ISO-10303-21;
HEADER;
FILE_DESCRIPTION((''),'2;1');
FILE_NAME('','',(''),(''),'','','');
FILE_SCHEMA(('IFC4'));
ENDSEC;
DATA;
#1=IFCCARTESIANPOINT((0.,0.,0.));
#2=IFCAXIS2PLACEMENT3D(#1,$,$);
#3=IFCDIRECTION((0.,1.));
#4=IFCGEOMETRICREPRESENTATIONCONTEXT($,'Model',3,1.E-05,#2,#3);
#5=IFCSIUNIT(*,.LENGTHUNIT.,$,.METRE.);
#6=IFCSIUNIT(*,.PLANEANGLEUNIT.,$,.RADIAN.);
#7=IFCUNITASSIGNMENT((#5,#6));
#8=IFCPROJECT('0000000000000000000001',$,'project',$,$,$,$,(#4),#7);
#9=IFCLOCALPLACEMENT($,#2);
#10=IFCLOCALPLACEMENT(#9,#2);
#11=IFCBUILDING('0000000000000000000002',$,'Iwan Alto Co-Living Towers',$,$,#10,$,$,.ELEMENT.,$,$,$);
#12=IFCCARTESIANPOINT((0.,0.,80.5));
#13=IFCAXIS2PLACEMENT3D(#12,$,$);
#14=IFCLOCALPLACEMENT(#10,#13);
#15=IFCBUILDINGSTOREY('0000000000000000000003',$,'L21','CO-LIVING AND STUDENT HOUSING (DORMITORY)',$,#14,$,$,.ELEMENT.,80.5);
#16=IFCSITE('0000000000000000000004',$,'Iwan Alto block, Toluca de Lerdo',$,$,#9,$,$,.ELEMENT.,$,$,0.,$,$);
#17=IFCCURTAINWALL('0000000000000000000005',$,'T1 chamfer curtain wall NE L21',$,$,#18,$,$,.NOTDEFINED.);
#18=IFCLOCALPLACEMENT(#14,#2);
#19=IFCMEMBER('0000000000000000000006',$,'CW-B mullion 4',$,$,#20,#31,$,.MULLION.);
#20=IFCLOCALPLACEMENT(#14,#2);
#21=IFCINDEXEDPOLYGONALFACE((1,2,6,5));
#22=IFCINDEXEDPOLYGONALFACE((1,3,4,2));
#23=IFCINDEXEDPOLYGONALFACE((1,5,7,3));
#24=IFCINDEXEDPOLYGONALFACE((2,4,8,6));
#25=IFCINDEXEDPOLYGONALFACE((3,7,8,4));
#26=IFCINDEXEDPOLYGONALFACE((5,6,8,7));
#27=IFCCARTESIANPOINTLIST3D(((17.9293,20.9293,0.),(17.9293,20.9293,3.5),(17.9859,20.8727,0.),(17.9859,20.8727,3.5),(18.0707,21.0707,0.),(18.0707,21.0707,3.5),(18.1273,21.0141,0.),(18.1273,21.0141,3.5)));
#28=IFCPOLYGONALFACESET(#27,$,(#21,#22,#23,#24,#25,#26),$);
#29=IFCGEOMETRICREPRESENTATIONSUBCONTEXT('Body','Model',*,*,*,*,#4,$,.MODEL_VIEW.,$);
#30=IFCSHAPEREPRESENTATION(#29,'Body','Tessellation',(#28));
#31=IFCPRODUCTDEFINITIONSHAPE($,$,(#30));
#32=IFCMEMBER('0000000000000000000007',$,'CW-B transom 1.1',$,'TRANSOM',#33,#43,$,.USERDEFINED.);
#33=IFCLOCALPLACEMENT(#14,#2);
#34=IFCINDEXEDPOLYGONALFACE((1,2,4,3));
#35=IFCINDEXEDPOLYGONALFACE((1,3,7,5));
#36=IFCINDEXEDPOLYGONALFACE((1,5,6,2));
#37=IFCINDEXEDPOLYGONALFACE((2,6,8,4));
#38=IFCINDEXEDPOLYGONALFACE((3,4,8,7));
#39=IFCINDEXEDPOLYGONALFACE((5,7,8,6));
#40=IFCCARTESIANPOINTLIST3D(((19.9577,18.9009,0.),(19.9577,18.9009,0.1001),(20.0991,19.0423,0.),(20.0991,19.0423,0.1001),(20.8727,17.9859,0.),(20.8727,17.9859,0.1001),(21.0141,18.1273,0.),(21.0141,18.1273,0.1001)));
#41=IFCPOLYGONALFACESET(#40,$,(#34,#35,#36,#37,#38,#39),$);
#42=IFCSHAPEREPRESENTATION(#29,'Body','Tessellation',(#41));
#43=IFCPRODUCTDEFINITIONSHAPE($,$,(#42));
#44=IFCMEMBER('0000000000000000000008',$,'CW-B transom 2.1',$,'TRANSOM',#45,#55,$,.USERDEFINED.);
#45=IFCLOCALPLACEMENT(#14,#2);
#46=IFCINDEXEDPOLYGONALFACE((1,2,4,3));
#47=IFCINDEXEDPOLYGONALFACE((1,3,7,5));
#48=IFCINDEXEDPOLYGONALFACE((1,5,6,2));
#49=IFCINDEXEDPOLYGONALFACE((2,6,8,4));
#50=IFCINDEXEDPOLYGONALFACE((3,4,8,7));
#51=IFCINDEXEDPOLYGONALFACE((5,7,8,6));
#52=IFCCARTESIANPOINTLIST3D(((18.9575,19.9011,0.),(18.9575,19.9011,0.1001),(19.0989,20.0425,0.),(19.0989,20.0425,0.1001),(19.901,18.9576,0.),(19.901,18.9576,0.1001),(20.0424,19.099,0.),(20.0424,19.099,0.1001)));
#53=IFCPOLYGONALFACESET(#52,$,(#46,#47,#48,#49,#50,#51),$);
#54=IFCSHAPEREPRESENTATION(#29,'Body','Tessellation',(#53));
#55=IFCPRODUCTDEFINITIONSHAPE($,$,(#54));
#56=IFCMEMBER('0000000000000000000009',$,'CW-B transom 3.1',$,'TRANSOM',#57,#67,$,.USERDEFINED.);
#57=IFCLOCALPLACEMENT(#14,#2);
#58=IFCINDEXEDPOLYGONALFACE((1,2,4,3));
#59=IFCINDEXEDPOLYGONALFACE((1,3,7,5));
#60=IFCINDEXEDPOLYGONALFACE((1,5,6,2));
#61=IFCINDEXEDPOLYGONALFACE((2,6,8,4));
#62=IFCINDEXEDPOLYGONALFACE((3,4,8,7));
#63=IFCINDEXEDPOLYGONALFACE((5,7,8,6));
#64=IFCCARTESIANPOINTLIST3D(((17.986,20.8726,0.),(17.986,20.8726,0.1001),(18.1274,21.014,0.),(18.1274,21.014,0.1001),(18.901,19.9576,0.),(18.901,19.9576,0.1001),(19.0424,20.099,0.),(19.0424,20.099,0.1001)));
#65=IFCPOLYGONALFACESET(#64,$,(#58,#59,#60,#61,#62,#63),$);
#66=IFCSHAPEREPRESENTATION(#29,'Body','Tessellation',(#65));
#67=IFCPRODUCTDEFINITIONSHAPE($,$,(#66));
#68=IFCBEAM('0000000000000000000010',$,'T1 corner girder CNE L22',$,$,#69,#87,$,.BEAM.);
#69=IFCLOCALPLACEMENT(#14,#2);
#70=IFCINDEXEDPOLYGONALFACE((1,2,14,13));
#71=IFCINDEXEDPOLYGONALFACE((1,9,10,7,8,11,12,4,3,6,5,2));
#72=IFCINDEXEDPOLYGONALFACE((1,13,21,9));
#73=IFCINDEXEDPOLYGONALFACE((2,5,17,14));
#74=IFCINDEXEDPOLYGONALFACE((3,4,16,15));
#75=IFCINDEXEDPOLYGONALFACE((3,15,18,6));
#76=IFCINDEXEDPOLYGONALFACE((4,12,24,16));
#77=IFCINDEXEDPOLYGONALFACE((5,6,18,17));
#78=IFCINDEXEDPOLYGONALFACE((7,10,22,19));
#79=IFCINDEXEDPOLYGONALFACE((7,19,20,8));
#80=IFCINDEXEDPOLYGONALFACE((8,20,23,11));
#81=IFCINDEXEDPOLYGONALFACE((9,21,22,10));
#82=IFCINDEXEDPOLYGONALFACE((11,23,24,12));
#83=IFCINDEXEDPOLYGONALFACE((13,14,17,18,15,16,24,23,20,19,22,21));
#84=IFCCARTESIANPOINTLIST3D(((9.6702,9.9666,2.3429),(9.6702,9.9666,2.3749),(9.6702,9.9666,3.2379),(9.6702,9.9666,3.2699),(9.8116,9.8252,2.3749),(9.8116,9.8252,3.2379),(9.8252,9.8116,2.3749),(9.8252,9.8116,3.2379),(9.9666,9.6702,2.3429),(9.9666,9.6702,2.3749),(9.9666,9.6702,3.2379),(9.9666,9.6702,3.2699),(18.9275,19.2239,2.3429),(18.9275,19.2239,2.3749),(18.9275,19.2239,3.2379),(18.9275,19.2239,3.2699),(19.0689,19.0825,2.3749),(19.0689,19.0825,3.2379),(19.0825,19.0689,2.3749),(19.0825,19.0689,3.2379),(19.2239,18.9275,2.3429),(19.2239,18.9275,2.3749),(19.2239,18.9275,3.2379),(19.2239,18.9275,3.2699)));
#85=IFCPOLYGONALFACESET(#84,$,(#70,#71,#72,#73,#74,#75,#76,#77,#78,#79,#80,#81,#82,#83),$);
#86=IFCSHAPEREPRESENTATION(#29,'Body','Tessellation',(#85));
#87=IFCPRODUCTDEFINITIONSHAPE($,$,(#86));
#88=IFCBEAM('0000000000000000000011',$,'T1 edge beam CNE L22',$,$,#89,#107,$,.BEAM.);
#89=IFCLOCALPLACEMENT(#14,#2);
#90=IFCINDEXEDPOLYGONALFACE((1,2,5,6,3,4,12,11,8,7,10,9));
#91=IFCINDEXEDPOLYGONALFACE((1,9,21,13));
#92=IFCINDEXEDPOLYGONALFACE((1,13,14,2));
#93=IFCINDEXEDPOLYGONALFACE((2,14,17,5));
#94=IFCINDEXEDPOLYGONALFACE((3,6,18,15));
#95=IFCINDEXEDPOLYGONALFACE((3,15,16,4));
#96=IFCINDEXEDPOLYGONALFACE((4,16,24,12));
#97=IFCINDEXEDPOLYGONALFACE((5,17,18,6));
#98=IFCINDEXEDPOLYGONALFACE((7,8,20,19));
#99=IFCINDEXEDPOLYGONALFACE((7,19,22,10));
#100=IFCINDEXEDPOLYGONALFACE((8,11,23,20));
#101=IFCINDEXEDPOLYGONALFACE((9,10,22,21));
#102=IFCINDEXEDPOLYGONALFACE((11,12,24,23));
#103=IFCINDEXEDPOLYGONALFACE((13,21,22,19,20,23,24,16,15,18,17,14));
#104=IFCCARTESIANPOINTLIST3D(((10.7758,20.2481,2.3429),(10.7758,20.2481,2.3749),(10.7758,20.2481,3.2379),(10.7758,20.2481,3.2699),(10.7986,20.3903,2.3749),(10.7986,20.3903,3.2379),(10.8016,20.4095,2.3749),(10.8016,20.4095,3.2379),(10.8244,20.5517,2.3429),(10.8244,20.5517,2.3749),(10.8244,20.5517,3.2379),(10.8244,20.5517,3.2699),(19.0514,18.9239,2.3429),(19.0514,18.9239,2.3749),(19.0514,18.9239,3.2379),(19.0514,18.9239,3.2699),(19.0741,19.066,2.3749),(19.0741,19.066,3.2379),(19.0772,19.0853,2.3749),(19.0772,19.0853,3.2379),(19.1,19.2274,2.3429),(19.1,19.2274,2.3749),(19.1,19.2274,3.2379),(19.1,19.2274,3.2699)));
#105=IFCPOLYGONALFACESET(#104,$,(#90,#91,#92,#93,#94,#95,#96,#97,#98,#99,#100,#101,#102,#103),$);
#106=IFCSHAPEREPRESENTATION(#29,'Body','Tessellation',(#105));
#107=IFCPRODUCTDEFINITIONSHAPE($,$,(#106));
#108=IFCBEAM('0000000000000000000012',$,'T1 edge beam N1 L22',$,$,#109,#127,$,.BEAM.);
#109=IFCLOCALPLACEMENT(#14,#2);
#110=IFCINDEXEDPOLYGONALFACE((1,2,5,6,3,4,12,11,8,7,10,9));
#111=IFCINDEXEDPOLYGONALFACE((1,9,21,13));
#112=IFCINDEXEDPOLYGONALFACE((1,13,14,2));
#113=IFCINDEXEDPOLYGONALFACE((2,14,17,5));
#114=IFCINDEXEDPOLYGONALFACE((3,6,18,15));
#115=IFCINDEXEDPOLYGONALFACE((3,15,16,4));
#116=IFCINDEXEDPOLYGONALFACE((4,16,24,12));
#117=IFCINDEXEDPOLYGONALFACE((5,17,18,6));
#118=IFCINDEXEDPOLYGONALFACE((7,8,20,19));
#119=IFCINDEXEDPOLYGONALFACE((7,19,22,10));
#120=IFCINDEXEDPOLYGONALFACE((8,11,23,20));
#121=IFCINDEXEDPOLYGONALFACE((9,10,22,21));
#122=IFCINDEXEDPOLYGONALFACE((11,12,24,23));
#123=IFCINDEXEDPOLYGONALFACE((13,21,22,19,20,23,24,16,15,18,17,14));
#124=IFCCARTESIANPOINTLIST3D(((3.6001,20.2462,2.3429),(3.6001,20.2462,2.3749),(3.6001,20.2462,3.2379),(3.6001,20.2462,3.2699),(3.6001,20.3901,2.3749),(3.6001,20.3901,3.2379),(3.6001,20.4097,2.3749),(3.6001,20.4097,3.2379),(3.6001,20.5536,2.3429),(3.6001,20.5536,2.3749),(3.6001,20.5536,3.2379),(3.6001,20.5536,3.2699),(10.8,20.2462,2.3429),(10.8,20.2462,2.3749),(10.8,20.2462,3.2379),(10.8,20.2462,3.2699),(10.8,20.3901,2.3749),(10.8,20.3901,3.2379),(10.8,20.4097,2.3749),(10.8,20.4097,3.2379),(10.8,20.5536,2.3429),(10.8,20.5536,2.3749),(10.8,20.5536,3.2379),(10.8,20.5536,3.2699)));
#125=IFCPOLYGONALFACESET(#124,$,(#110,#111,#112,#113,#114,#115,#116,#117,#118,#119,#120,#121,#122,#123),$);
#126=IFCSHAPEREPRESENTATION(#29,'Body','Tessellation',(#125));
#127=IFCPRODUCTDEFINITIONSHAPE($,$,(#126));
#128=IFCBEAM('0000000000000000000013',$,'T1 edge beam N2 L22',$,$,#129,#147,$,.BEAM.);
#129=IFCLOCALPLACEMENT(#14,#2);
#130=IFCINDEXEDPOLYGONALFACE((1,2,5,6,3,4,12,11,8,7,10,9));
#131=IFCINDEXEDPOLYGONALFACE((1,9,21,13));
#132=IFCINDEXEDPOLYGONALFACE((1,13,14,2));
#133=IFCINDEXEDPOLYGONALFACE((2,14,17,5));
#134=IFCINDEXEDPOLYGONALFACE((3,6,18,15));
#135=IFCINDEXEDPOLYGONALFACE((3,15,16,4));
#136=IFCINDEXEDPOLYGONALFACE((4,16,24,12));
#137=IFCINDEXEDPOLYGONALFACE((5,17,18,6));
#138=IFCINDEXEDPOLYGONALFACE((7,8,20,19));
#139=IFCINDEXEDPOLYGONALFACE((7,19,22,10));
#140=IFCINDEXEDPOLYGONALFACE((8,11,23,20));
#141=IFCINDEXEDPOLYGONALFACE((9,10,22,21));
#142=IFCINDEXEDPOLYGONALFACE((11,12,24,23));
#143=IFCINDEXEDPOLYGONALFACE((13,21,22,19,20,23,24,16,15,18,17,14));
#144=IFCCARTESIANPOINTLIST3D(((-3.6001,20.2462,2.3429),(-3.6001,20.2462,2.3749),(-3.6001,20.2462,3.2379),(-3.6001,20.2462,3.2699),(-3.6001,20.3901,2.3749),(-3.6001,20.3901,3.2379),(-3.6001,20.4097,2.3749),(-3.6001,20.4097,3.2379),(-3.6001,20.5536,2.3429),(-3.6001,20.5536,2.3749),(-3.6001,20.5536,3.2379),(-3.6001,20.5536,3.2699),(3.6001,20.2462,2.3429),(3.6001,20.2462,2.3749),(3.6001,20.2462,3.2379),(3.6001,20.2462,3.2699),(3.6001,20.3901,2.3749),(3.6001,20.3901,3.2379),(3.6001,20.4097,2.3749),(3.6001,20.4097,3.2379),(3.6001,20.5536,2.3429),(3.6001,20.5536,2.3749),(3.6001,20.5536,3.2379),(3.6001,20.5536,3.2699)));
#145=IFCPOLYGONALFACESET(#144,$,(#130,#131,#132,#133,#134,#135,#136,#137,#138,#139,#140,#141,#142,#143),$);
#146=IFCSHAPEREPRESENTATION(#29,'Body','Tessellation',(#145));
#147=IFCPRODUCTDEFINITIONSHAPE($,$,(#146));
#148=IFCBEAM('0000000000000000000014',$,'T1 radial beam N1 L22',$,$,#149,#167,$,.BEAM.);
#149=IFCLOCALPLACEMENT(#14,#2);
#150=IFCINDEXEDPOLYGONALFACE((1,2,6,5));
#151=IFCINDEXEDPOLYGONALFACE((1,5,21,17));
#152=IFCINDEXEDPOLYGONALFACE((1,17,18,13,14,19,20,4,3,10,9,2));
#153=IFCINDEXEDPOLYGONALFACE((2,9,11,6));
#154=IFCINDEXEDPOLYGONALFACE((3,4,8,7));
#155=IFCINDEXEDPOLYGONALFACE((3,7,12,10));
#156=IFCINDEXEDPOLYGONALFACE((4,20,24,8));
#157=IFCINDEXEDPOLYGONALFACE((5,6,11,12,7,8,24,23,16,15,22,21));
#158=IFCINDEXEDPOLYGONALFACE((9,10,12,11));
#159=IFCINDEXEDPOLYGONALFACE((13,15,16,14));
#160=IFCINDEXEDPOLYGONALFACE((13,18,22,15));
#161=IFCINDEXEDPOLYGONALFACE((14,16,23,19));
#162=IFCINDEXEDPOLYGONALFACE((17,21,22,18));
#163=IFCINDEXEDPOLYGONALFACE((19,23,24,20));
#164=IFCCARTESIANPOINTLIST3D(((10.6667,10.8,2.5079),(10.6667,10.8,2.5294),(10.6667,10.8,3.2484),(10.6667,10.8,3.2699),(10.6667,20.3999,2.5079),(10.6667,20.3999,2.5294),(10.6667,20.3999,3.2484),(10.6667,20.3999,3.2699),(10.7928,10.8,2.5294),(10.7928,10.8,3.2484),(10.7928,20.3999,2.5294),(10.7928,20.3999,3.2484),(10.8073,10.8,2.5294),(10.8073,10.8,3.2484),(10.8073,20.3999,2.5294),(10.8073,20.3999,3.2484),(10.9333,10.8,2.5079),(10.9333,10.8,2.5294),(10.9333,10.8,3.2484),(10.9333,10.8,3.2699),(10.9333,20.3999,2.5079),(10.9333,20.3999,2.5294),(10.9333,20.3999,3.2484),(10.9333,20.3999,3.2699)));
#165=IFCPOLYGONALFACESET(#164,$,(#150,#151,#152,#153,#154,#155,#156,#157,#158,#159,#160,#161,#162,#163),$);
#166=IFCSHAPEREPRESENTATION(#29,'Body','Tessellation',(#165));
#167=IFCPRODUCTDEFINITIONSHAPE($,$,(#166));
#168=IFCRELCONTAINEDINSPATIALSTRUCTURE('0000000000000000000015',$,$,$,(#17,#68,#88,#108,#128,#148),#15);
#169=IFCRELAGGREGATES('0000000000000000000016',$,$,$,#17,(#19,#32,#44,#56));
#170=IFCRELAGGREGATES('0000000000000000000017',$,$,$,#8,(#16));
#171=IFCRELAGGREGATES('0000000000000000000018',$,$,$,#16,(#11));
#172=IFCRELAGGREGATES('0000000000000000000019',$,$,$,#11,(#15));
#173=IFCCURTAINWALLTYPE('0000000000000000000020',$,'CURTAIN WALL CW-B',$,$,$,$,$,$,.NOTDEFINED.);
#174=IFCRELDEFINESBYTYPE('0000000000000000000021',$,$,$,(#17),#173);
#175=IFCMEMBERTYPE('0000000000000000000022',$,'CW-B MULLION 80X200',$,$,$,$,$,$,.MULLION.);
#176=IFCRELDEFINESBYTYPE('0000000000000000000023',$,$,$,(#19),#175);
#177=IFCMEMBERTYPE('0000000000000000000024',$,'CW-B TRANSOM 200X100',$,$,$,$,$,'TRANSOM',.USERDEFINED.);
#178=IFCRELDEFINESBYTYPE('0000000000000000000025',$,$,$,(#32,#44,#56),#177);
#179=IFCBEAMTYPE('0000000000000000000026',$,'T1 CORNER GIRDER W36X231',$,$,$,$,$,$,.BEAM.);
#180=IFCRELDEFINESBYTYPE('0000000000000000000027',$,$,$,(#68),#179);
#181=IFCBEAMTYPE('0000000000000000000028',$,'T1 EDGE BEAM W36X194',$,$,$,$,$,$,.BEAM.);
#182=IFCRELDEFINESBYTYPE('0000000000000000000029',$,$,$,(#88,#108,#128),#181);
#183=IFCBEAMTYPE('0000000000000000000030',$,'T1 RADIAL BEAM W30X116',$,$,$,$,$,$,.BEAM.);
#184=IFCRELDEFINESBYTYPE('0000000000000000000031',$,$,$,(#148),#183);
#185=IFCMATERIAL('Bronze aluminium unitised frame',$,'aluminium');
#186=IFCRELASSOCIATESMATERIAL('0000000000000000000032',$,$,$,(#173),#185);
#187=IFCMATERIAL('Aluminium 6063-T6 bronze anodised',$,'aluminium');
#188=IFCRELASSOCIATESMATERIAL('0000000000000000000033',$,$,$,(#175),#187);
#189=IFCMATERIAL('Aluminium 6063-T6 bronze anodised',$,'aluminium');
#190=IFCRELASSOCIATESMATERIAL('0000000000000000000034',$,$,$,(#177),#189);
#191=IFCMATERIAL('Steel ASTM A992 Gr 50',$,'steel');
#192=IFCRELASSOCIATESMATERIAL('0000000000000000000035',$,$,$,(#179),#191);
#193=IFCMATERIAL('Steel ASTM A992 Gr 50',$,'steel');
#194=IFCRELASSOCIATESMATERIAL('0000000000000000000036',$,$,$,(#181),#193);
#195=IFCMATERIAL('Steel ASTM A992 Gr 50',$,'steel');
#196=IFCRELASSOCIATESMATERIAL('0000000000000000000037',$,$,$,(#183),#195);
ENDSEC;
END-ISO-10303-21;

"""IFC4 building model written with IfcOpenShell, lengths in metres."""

from ifc_helpers import new_model, si_unit, direction, frame, origin, origin_2d, place, context, subcontext, project, spatial, rectangle, i_section, extrude, material, material_profile, profile_set, type_object, element, aggregate, save


model = new_model("IFC4")

# Units and contexts
model_context = context("Model", 3, precision=1e-05, world=origin(), true_north=direction((0.0, 1.0)))
body_context = subcontext(model_context, "Body", "Model", "MODEL_VIEW")
ifc_project = project(units=[si_unit("LENGTHUNIT", "METRE"), si_unit("PLANEANGLEUNIT", "RADIAN")], contexts=[model_context])

# Site, building, storey
site_placement = place(None, origin())
site = spatial("IfcSite", under=ifc_project, at=site_placement, Name="Iwan Alto block, Toluca de Lerdo", CompositionType="ELEMENT", RefElevation=0.0)
building_placement = place(site_placement, origin())
building = spatial("IfcBuilding", under=site, at=building_placement, Name="Iwan Alto Co-Living Towers", CompositionType="ELEMENT")
storey_placement = place(building_placement, frame((0.0, 0.0, 80.5)))
storey = spatial("IfcBuildingStorey", under=building, at=storey_placement, Name="L21", Description="CO-LIVING AND STUDENT HOUSING (DORMITORY)", CompositionType="ELEMENT", Elevation=80.5)

# Curtain wall, members
ifc_material_1 = material(Name="Bronze aluminium unitised frame", Category="aluminium")
curtain_wall_type_1 = type_object("IfcCurtainWallType", Name="CURTAIN WALL CW-B", PredefinedType="NOTDEFINED", material=ifc_material_1)
curtain_wall_1_placement = place(storey_placement, origin())
curtain_wall_1 = element("IfcCurtainWall", 1, at=curtain_wall_1_placement, inside=storey, type_object=curtain_wall_type_1, Name="T1 chamfer curtain wall NE L21", PredefinedType="NOTDEFINED")
ifc_material_2 = material(Name="Aluminium 6063-T6 bronze anodised", Category="aluminium")
ifc_material_profile_1 = material_profile(ifc_material_2, rectangle(XDim=0.2, YDim=0.0801, at=origin_2d()), Name="AL 80X200")
ifc_profile_set_1 = profile_set([ifc_material_profile_1], Name="Aluminium 6063-T6 bronze anodised")
member_type_1 = type_object("IfcMemberType", Name="CW-B MULLION 80X200", PredefinedType="MULLION", material=ifc_profile_set_1)
member_1_placement = place(storey_placement, frame((18.0283, 20.9717, 0.0), z_axis=(0.0, 0.0, 1.0), x_axis=(-0.707107, -0.707107, 0.0)))
member_1 = element("IfcMember", 2, at=member_1_placement, type_object=member_type_1, Name="CW-B mullion 4", PredefinedType="MULLION", context=body_context, shape_type="SweptSolid", body=[
    extrude(rectangle(XDim=0.2, YDim=0.0801, at=origin_2d()), origin(), (0.0, 0.0, 1.0), 3.5),
])
ifc_material_3 = material(Name="Aluminium 6063-T6 bronze anodised", Category="aluminium")
ifc_material_profile_2 = material_profile(ifc_material_3, rectangle(XDim=0.2, YDim=0.1001, at=origin_2d()), Name="AL 200X100")
ifc_profile_set_2 = profile_set([ifc_material_profile_2], Name="Aluminium 6063-T6 bronze anodised")
member_type_2 = type_object("IfcMemberType", Name="CW-B TRANSOM 200X100", ElementType="TRANSOM", PredefinedType="USERDEFINED", material=ifc_profile_set_2)
member_2_placement = place(storey_placement, frame((20.9434, 18.0566, 0.05), z_axis=(-0.707107, 0.707107, 0.0), x_axis=(-0.707107, -0.707107, 0.0)))
member_2 = element("IfcMember", 3, at=member_2_placement, type_object=member_type_2, Name="CW-B transom 1.1", ObjectType="TRANSOM", PredefinedType="USERDEFINED", context=body_context, shape_type="SweptSolid", body=[
    extrude(rectangle(XDim=0.2, YDim=0.1001, at=origin_2d()), origin(), (0.0, 0.0, 1.0), 1.2939),
])
member_3_placement = place(storey_placement, frame((19.9717, 19.0283, 0.05), z_axis=(-0.707107, 0.707107, 0.0), x_axis=(-0.707107, -0.707107, 0.0)))
member_3 = element("IfcMember", 4, at=member_3_placement, type_object=member_type_2, Name="CW-B transom 2.1", ObjectType="TRANSOM", PredefinedType="USERDEFINED", context=body_context, shape_type="SweptSolid", body=[
    extrude(rectangle(XDim=0.2, YDim=0.1001, at=origin_2d()), origin(), (0.0, 0.0, 1.0), 1.3342),
])
member_4_placement = place(storey_placement, frame((18.9717, 20.0283, 0.05), z_axis=(-0.707107, 0.707107, 0.0), x_axis=(-0.707107, -0.707107, 0.0)))
member_4 = element("IfcMember", 5, at=member_4_placement, type_object=member_type_2, Name="CW-B transom 3.1", ObjectType="TRANSOM", PredefinedType="USERDEFINED", context=body_context, shape_type="SweptSolid", body=[
    extrude(rectangle(XDim=0.2, YDim=0.1001, at=origin_2d()), origin(), (0.0, 0.0, 1.0), 1.2939),
])

# Beams
ifc_material_4 = material(Name="Steel ASTM A992 Gr 50", Category="steel")
ifc_material_profile_3 = material_profile(ifc_material_4, i_section(OverallWidth=0.4192, OverallDepth=0.927, WebThickness=0.0193, FlangeThickness=0.032, at=origin_2d()), Name="W36X231")
ifc_profile_set_3 = profile_set([ifc_material_profile_3], Name="Steel ASTM A992 Gr 50")
beam_type_1 = type_object("IfcBeamType", Name="T1 CORNER GIRDER W36X231", PredefinedType="BEAM", material=ifc_profile_set_3)
beam_1_placement = place(storey_placement, frame((19.0757, 19.0757, 2.8064), z_axis=(-0.707107, -0.707107, 0.0), x_axis=(0.707107, -0.707107, 0.0)))
element("IfcBeam", 6, at=beam_1_placement, inside=storey, type_object=beam_type_1, Name="T1 corner girder CNE L22", PredefinedType="BEAM", context=body_context, shape_type="SweptSolid", body=[
    extrude(i_section(OverallWidth=0.4192, OverallDepth=0.927, WebThickness=0.0193, FlangeThickness=0.032, at=origin_2d()), origin(), (0.0, 0.0, 1.0), 13.0918),
])
ifc_material_5 = material(Name="Steel ASTM A992 Gr 50", Category="steel")
ifc_material_profile_4 = material_profile(ifc_material_5, i_section(OverallWidth=0.3074, OverallDepth=0.927, WebThickness=0.0195, FlangeThickness=0.032, at=origin_2d()), Name="W36X194")
ifc_profile_set_4 = profile_set([ifc_material_profile_4], Name="Steel ASTM A992 Gr 50")
beam_type_2 = type_object("IfcBeamType", Name="T1 EDGE BEAM W36X194", PredefinedType="BEAM", material=ifc_profile_set_4)
beam_2_placement = place(storey_placement, frame((19.0757, 19.0757, 2.8064), z_axis=(-0.987438, 0.158004, 0.0), x_axis=(-0.158004, -0.987438, 0.0)))
element("IfcBeam", 7, at=beam_2_placement, inside=storey, type_object=beam_type_2, Name="T1 edge beam CNE L22", PredefinedType="BEAM", context=body_context, shape_type="SweptSolid", body=[
    extrude(i_section(OverallWidth=0.3074, OverallDepth=0.927, WebThickness=0.0195, FlangeThickness=0.032, at=origin_2d()), origin(), (0.0, 0.0, 1.0), 8.3809),
])
beam_3_placement = place(storey_placement, frame((10.8, 20.3999, 2.8064), z_axis=(-1.0, 0.0, 0.0), x_axis=(0.0, -1.0, 0.0)))
element("IfcBeam", 8, at=beam_3_placement, inside=storey, type_object=beam_type_2, Name="T1 edge beam N1 L22", PredefinedType="BEAM", context=body_context, shape_type="SweptSolid", body=[
    extrude(i_section(OverallWidth=0.3074, OverallDepth=0.927, WebThickness=0.0195, FlangeThickness=0.032, at=origin_2d()), origin(), (0.0, 0.0, 1.0), 7.2),
])
beam_4_placement = place(storey_placement, frame((3.6001, 20.3999, 2.8064), z_axis=(-1.0, 0.0, 0.0), x_axis=(0.0, -1.0, 0.0)))
element("IfcBeam", 9, at=beam_4_placement, inside=storey, type_object=beam_type_2, Name="T1 edge beam N2 L22", PredefinedType="BEAM", context=body_context, shape_type="SweptSolid", body=[
    extrude(i_section(OverallWidth=0.3074, OverallDepth=0.927, WebThickness=0.0195, FlangeThickness=0.032, at=origin_2d()), origin(), (0.0, 0.0, 1.0), 7.2002),
])
ifc_material_6 = material(Name="Steel ASTM A992 Gr 50", Category="steel")
ifc_material_profile_5 = material_profile(ifc_material_6, i_section(OverallWidth=0.2666, OverallDepth=0.762, WebThickness=0.0144, FlangeThickness=0.0215, at=origin_2d()), Name="W30X116")
ifc_profile_set_5 = profile_set([ifc_material_profile_5], Name="Steel ASTM A992 Gr 50")
beam_type_3 = type_object("IfcBeamType", Name="T1 RADIAL BEAM W30X116", PredefinedType="BEAM", material=ifc_profile_set_5)
beam_5_placement = place(storey_placement, frame((10.8, 20.3999, 2.8889), z_axis=(0.0, -1.0, 0.0), x_axis=(1.0, 0.0, 0.0)))
element("IfcBeam", 10, at=beam_5_placement, inside=storey, type_object=beam_type_3, Name="T1 radial beam N1 L22", PredefinedType="BEAM", context=body_context, shape_type="SweptSolid", body=[
    extrude(i_section(OverallWidth=0.2666, OverallDepth=0.762, WebThickness=0.0144, FlangeThickness=0.0215, at=origin_2d()), origin(), (0.0, 0.0, 1.0), 9.5999),
])

aggregate(curtain_wall_1, [member_1, member_2, member_3, member_4])

save(model, "model.ifc")
